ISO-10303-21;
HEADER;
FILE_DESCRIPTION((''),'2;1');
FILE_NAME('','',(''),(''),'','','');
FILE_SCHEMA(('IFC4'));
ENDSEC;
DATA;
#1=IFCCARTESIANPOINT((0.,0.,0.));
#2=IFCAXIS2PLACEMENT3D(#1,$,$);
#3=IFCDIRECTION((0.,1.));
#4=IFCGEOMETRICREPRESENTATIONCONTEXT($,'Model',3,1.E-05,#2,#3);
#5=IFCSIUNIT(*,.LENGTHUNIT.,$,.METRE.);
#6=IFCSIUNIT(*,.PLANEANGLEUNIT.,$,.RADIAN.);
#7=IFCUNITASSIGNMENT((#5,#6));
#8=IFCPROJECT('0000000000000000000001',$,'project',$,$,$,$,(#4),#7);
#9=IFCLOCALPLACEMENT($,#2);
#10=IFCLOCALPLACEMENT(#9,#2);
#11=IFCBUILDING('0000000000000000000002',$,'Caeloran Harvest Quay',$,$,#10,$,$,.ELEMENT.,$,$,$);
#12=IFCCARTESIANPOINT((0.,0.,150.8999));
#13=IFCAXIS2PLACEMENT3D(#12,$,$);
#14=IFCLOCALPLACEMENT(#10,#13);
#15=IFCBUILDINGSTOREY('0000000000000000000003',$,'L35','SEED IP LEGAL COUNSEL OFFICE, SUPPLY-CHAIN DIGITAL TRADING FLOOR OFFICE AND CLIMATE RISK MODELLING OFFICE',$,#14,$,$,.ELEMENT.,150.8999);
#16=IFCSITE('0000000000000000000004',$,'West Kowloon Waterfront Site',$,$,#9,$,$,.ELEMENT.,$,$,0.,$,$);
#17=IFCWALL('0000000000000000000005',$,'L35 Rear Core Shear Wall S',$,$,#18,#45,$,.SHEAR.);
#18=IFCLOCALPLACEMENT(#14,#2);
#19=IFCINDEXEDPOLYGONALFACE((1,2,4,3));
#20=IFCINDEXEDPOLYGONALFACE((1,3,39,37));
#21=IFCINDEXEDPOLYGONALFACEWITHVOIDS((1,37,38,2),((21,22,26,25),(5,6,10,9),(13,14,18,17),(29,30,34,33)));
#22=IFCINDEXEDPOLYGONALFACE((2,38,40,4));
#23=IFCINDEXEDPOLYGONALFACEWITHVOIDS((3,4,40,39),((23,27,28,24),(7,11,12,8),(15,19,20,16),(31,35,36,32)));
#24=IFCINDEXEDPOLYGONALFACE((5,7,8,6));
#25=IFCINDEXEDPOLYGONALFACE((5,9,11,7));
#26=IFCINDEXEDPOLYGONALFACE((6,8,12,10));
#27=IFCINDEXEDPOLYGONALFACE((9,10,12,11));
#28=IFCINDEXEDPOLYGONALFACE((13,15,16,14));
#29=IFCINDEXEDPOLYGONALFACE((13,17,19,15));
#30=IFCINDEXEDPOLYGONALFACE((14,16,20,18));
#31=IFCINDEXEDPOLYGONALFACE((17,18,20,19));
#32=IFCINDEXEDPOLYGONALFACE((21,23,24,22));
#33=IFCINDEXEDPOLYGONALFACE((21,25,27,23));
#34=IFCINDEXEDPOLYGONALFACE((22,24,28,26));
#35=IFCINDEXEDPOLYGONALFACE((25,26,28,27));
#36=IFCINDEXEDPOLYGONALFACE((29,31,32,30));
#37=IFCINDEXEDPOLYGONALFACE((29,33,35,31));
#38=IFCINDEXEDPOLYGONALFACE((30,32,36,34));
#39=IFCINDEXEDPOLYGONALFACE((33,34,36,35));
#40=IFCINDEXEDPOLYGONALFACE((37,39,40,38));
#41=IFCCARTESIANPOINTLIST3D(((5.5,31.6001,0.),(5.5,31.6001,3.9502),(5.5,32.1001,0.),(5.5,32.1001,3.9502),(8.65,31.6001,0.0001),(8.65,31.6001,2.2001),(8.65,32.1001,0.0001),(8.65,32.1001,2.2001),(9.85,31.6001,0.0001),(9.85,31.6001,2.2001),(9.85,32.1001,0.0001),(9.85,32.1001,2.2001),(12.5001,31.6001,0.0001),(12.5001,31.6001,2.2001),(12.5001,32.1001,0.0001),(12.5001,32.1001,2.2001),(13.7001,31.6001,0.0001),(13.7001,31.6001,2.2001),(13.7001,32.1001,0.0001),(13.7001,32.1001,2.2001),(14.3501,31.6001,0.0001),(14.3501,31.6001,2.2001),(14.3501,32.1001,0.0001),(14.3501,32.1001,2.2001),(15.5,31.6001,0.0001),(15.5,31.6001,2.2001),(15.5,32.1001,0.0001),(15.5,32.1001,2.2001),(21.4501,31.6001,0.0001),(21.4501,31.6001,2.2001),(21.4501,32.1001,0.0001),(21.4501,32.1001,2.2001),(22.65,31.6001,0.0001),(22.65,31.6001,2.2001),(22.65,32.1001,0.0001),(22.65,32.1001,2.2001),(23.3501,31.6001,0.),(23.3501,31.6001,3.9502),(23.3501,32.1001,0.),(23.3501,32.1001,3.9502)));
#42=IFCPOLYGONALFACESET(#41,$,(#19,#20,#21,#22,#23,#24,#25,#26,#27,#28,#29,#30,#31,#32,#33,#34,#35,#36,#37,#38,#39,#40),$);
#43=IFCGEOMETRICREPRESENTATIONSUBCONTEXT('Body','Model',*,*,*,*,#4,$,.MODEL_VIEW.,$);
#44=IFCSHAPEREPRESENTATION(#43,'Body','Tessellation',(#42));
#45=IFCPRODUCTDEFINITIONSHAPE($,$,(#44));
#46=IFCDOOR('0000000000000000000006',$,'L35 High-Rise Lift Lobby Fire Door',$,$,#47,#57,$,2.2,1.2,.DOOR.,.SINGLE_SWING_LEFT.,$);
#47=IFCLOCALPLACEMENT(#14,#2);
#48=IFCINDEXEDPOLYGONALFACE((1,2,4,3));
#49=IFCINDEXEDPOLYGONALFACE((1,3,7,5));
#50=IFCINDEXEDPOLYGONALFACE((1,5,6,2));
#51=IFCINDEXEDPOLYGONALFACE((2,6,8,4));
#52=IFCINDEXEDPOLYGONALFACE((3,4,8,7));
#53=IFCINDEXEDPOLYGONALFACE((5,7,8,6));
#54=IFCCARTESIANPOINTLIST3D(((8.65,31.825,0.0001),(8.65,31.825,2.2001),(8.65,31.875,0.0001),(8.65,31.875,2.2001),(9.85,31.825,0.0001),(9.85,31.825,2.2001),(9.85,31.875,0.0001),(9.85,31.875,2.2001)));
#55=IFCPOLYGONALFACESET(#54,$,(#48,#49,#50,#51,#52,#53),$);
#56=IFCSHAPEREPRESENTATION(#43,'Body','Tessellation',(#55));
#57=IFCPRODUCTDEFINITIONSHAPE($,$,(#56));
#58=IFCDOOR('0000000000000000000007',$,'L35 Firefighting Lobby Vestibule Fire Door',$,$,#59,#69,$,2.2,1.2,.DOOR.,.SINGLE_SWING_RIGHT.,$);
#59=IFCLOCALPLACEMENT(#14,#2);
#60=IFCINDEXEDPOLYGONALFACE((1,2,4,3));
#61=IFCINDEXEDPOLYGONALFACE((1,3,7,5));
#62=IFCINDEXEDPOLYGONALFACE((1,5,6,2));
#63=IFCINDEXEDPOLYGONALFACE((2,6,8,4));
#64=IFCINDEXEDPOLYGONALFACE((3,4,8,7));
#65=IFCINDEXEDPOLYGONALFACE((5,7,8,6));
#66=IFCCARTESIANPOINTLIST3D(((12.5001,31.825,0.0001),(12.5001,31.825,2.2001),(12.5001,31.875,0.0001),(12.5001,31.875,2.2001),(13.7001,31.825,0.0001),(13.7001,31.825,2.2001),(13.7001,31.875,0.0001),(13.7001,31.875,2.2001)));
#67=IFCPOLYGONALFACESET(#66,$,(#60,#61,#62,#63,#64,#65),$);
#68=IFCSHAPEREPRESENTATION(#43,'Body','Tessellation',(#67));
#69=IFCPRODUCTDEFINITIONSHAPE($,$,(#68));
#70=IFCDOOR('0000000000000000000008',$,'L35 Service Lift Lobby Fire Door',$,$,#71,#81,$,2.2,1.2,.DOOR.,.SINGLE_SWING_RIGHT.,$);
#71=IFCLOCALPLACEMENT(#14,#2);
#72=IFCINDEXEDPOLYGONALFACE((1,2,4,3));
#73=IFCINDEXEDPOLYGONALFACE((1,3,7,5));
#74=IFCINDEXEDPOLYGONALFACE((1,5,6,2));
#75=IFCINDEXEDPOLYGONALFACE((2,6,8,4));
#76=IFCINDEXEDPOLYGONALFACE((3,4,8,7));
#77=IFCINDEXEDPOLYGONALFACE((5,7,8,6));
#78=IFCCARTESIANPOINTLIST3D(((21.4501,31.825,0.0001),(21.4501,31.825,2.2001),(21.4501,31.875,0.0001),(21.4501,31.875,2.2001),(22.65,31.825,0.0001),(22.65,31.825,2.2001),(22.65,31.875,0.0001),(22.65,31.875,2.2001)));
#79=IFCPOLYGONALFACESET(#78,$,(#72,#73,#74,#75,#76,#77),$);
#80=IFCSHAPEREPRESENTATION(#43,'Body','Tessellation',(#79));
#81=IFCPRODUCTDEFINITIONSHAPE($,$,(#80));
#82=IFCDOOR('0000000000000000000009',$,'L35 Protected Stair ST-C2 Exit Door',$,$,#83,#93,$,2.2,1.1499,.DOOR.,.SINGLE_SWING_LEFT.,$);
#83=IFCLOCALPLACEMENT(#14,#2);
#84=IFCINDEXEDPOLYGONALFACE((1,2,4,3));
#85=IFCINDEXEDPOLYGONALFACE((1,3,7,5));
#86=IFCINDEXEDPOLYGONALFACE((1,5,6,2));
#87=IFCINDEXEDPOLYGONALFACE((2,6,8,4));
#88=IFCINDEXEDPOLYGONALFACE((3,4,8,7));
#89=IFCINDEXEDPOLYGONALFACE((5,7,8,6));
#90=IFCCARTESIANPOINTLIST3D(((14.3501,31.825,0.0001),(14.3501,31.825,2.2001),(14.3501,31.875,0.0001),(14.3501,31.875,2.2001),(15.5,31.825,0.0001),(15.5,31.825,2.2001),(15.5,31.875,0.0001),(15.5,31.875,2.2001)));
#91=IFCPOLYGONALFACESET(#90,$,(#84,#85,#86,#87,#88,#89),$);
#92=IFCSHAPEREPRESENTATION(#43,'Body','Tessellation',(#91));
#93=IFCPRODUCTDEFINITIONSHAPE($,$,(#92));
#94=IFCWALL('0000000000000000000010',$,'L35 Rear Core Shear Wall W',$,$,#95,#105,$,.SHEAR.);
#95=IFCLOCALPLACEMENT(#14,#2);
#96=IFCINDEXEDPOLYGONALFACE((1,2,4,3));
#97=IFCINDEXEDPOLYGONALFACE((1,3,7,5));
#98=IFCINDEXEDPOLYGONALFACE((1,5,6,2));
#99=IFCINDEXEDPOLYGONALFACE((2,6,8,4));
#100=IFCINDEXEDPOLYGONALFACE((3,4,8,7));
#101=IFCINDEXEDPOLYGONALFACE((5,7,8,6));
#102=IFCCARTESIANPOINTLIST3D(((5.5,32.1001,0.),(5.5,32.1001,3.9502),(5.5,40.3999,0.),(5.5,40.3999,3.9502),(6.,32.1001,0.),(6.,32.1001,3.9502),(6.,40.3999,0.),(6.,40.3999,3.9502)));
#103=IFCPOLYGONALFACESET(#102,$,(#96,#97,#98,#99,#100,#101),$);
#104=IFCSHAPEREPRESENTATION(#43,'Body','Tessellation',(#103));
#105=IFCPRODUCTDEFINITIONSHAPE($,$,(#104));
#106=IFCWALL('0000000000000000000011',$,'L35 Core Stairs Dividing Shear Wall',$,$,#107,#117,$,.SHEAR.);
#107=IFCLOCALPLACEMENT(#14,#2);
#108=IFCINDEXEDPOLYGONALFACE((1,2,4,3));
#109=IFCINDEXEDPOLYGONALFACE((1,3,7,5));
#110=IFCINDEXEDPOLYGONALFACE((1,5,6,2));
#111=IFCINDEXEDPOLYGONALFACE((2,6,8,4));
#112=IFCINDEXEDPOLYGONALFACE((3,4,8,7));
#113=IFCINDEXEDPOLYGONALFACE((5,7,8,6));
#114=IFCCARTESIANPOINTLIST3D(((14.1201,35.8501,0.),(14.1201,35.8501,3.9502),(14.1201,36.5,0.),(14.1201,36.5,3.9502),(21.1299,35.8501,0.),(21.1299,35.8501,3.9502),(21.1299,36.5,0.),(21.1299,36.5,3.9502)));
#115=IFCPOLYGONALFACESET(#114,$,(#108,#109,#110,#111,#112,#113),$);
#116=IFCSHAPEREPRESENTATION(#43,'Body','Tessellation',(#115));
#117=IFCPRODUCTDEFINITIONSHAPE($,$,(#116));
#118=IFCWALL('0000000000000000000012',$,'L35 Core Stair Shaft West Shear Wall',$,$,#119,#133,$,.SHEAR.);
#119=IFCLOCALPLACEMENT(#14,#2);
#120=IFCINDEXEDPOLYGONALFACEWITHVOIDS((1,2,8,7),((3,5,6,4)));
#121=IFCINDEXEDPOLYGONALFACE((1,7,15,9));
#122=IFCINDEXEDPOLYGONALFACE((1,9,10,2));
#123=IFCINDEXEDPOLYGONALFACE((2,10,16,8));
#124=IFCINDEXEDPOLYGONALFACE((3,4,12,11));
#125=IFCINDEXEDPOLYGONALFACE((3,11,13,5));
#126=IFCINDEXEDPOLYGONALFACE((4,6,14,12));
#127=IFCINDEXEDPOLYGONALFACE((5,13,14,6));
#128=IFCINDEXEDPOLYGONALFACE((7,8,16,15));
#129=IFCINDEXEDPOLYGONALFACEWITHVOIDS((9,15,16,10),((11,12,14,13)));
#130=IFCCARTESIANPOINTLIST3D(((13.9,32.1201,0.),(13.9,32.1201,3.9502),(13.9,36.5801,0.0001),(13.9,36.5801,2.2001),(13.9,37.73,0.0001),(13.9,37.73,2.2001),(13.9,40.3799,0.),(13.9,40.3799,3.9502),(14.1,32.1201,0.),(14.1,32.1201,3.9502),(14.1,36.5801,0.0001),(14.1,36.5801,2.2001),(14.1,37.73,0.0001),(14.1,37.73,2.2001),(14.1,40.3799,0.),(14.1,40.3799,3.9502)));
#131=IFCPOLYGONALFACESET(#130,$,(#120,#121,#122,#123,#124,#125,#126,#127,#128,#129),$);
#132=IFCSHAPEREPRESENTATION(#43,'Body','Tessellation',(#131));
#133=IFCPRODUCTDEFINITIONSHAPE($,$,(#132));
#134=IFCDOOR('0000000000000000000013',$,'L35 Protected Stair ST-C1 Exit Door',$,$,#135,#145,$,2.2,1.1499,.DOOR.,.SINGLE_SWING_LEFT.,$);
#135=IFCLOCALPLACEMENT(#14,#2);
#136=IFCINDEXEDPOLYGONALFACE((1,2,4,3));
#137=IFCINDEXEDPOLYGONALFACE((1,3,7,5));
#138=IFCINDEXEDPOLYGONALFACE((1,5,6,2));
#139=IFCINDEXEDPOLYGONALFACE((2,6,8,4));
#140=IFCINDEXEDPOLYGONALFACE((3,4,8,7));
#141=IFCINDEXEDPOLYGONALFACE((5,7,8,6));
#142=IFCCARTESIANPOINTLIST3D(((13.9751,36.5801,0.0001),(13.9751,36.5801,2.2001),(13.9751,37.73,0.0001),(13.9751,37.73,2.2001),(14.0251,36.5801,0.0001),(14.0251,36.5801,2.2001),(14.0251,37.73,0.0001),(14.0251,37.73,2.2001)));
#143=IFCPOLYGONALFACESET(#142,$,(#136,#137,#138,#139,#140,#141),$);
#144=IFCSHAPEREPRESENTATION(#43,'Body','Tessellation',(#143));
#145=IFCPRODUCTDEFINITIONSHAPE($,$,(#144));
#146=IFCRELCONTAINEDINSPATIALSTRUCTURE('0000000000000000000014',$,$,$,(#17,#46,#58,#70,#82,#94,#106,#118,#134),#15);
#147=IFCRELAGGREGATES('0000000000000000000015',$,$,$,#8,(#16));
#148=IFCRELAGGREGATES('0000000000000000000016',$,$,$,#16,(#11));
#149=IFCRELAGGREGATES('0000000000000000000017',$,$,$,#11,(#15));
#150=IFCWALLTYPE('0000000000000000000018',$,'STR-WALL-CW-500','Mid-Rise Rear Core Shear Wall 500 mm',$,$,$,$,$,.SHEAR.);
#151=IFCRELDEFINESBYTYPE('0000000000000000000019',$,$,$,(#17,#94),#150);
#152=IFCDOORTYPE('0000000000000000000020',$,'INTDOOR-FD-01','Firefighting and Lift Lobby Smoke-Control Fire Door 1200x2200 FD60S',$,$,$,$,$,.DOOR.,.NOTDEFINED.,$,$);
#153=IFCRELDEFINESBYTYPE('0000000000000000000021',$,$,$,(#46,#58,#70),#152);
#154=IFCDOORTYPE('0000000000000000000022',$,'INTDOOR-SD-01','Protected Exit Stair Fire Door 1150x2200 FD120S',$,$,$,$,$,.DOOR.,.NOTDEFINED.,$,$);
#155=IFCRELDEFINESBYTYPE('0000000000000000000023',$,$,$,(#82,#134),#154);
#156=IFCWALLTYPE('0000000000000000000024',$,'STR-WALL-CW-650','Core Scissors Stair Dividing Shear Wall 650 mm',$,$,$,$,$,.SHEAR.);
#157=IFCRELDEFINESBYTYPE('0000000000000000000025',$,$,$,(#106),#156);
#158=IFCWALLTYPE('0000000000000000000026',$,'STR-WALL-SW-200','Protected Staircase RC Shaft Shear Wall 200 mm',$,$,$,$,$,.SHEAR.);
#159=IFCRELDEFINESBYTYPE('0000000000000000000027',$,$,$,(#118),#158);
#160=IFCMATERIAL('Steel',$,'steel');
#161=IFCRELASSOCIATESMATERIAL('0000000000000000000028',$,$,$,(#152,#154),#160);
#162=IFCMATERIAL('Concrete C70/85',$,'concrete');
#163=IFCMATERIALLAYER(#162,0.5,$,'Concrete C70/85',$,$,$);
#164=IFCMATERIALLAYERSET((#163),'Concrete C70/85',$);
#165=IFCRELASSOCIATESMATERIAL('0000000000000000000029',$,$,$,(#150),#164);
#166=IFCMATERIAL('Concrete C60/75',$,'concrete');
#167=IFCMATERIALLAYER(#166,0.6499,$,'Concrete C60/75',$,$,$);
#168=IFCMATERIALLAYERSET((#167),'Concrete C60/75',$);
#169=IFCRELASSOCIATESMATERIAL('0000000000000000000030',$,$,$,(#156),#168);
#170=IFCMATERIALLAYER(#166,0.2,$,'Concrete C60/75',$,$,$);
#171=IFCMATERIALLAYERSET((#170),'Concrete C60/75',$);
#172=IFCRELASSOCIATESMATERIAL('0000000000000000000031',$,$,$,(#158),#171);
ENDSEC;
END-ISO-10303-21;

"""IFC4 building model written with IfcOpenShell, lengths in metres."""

from ifc_helpers import new_model, si_unit, direction, frame, frame_2d, origin, place, context, subcontext, project, spatial, rectangle, extrude, material, layer, layer_set, type_object, element, fill, save


model = new_model("IFC4")

# Units and contexts
model_context = context("Model", 3, precision=1e-05, world=origin(), true_north=direction((0.0, 1.0)))
body_context = subcontext(model_context, "Body", "Model", "MODEL_VIEW")
ifc_project = project(units=[si_unit("LENGTHUNIT", "METRE"), si_unit("PLANEANGLEUNIT", "RADIAN")], contexts=[model_context])

# Site, building, storey
site_placement = place(None, origin())
site = spatial("IfcSite", under=ifc_project, at=site_placement, Name="West Kowloon Waterfront Site", CompositionType="ELEMENT", RefElevation=0.0)
building_placement = place(site_placement, origin())
building = spatial("IfcBuilding", under=site, at=building_placement, Name="Caeloran Harvest Quay", CompositionType="ELEMENT")
storey_placement = place(building_placement, frame((0.0, 0.0, 150.8999)))
storey = spatial("IfcBuildingStorey", under=building, at=storey_placement, Name="L35", Description="SEED IP LEGAL COUNSEL OFFICE, SUPPLY-CHAIN DIGITAL TRADING FLOOR OFFICE AND CLIMATE RISK MODELLING OFFICE", CompositionType="ELEMENT", Elevation=150.8999)

# Shared definitions
ifc_material_1 = material(Name="Concrete C70/85", Category="concrete")

# Shared definitions
ifc_material_2 = material(Name="Concrete C60/75", Category="concrete")

# Shared definitions
ifc_material_3 = material(Name="Steel", Category="steel")
door_type_1 = type_object("IfcDoorType", Name="INTDOOR-FD-01", Description="Firefighting and Lift Lobby Smoke-Control Fire Door 1200x2200 FD60S", OperationType="NOTDEFINED", PredefinedType="DOOR", material=ifc_material_3)

# Wall, openings, doors
ifc_layer_1 = layer(ifc_material_1, 0.5, Name="Concrete C70/85")
ifc_layer_set_1 = layer_set([ifc_layer_1], Name="Concrete C70/85")
wall_type_1 = type_object("IfcWallType", Name="STR-WALL-CW-500", Description="Mid-Rise Rear Core Shear Wall 500 mm", PredefinedType="SHEAR", material=ifc_layer_set_1)
wall_1_placement = place(storey_placement, frame((5.5, 31.8501, 0.0), z_axis=(0.0, 0.0, 1.0), x_axis=(1.0, 0.0, 0.0)))
wall_1 = element("IfcWall", 1, at=wall_1_placement, inside=storey, type_object=wall_type_1, Name="L35 Rear Core Shear Wall S", PredefinedType="SHEAR", context=body_context, shape_type="SweptSolid", body=[
    extrude(rectangle(XDim=17.8501, YDim=0.5, at=frame_2d((8.925, 0.0))), origin(), (0.0, 0.0, 1.0), 3.9502),
])
opening_1_placement = place(wall_1_placement, frame((3.1499, 0.0, 0.0)))
opening_1 = element("IfcOpeningElement", 2, at=opening_1_placement, cuts=wall_1, PredefinedType="OPENING", context=body_context, shape_type="SweptSolid", body=[
    extrude(rectangle(XDim=1.2, YDim=2.2, at=frame_2d((0.6001, 1.1001))), frame((0.0, 0.26, 0.0), z_axis=(0.0, -1.0, 0.0), x_axis=(1.0, 0.0, 0.0)), (0.0, 0.0, 1.0), 0.52),
])
opening_2_placement = place(wall_1_placement, frame((7.0, 0.0, 0.0)))
opening_2 = element("IfcOpeningElement", 3, at=opening_2_placement, cuts=wall_1, PredefinedType="OPENING", context=body_context, shape_type="SweptSolid", body=[
    extrude(rectangle(XDim=1.2, YDim=2.2, at=frame_2d((0.6001, 1.1001))), frame((0.0, 0.26, 0.0), z_axis=(0.0, -1.0, 0.0), x_axis=(1.0, 0.0, 0.0)), (0.0, 0.0, 1.0), 0.52),
])
opening_3_placement = place(wall_1_placement, frame((8.8501, 0.0, 0.0)))
opening_3 = element("IfcOpeningElement", 4, at=opening_3_placement, cuts=wall_1, PredefinedType="OPENING", context=body_context, shape_type="SweptSolid", body=[
    extrude(rectangle(XDim=1.1499, YDim=2.2, at=frame_2d((0.575, 1.1001))), frame((0.0, 0.26, 0.0), z_axis=(0.0, -1.0, 0.0), x_axis=(1.0, 0.0, 0.0)), (0.0, 0.0, 1.0), 0.52),
])
opening_4_placement = place(wall_1_placement, frame((15.95, 0.0, 0.0)))
opening_4 = element("IfcOpeningElement", 5, at=opening_4_placement, cuts=wall_1, PredefinedType="OPENING", context=body_context, shape_type="SweptSolid", body=[
    extrude(rectangle(XDim=1.2, YDim=2.2, at=frame_2d((0.6001, 1.1001))), frame((0.0, 0.26, 0.0), z_axis=(0.0, -1.0, 0.0), x_axis=(1.0, 0.0, 0.0)), (0.0, 0.0, 1.0), 0.52),
])
door_1_placement = place(opening_1_placement, origin())
door_1 = element("IfcDoor", 6, at=door_1_placement, inside=storey, type_object=door_type_1, Name="L35 High-Rise Lift Lobby Fire Door", OperationType="SINGLE_SWING_LEFT", OverallHeight=2.2, OverallWidth=1.2, PredefinedType="DOOR", context=body_context, shape_type="SweptSolid", body=[
    extrude(rectangle(XDim=1.2, YDim=2.2, at=frame_2d((0.6001, 1.1001))), frame((0.0, 0.0249, 0.0), z_axis=(0.0, -1.0, 0.0), x_axis=(1.0, 0.0, 0.0)), (0.0, 0.0, 1.0), 0.05),
])
fill(opening_1, door_1)
door_2_placement = place(opening_2_placement, origin())
door_2 = element("IfcDoor", 7, at=door_2_placement, inside=storey, type_object=door_type_1, Name="L35 Firefighting Lobby Vestibule Fire Door", OperationType="SINGLE_SWING_RIGHT", OverallHeight=2.2, OverallWidth=1.2, PredefinedType="DOOR", context=body_context, shape_type="SweptSolid", body=[
    extrude(rectangle(XDim=1.2, YDim=2.2, at=frame_2d((0.6001, 1.1001))), frame((0.0, 0.0249, 0.0), z_axis=(0.0, -1.0, 0.0), x_axis=(1.0, 0.0, 0.0)), (0.0, 0.0, 1.0), 0.05),
])
fill(opening_2, door_2)
door_3_placement = place(opening_4_placement, origin())
door_3 = element("IfcDoor", 8, at=door_3_placement, inside=storey, type_object=door_type_1, Name="L35 Service Lift Lobby Fire Door", OperationType="SINGLE_SWING_RIGHT", OverallHeight=2.2, OverallWidth=1.2, PredefinedType="DOOR", context=body_context, shape_type="SweptSolid", body=[
    extrude(rectangle(XDim=1.2, YDim=2.2, at=frame_2d((0.6001, 1.1001))), frame((0.0, 0.0249, 0.0), z_axis=(0.0, -1.0, 0.0), x_axis=(1.0, 0.0, 0.0)), (0.0, 0.0, 1.0), 0.05),
])
fill(opening_4, door_3)
door_type_2 = type_object("IfcDoorType", Name="INTDOOR-SD-01", Description="Protected Exit Stair Fire Door 1150x2200 FD120S", OperationType="NOTDEFINED", PredefinedType="DOOR", material=ifc_material_3)
door_4_placement = place(opening_3_placement, origin())
door_4 = element("IfcDoor", 9, at=door_4_placement, inside=storey, type_object=door_type_2, Name="L35 Protected Stair ST-C2 Exit Door", OperationType="SINGLE_SWING_LEFT", OverallHeight=2.2, OverallWidth=1.1499, PredefinedType="DOOR", context=body_context, shape_type="SweptSolid", body=[
    extrude(rectangle(XDim=1.1499, YDim=2.2, at=frame_2d((0.575, 1.1001))), frame((0.0, 0.0249, 0.0), z_axis=(0.0, -1.0, 0.0), x_axis=(1.0, 0.0, 0.0)), (0.0, 0.0, 1.0), 0.05),
])
fill(opening_3, door_4)

# Walls
wall_2_placement = place(storey_placement, frame((5.75, 32.1001, 0.0), z_axis=(0.0, 0.0, 1.0), x_axis=(0.0, 1.0, 0.0)))
element("IfcWall", 10, at=wall_2_placement, inside=storey, type_object=wall_type_1, Name="L35 Rear Core Shear Wall W", PredefinedType="SHEAR", context=body_context, shape_type="SweptSolid", body=[
    extrude(rectangle(XDim=8.2998, YDim=0.5, at=frame_2d((4.1499, 0.0))), origin(), (0.0, 0.0, 1.0), 3.9502),
])
ifc_layer_2 = layer(ifc_material_2, 0.6499, Name="Concrete C60/75")
ifc_layer_set_2 = layer_set([ifc_layer_2], Name="Concrete C60/75")
wall_type_2 = type_object("IfcWallType", Name="STR-WALL-CW-650", Description="Core Scissors Stair Dividing Shear Wall 650 mm", PredefinedType="SHEAR", material=ifc_layer_set_2)
wall_3_placement = place(storey_placement, frame((14.1201, 36.175, 0.0), z_axis=(0.0, 0.0, 1.0), x_axis=(1.0, 0.0, 0.0)))
element("IfcWall", 11, at=wall_3_placement, inside=storey, type_object=wall_type_2, Name="L35 Core Stairs Dividing Shear Wall", PredefinedType="SHEAR", context=body_context, shape_type="SweptSolid", body=[
    extrude(rectangle(XDim=7.0098, YDim=0.6499, at=frame_2d((3.5049, 0.0))), origin(), (0.0, 0.0, 1.0), 3.9502),
])

# Wall, opening, door
ifc_layer_3 = layer(ifc_material_2, 0.2, Name="Concrete C60/75")
ifc_layer_set_3 = layer_set([ifc_layer_3], Name="Concrete C60/75")
wall_type_3 = type_object("IfcWallType", Name="STR-WALL-SW-200", Description="Protected Staircase RC Shaft Shear Wall 200 mm", PredefinedType="SHEAR", material=ifc_layer_set_3)
wall_4_placement = place(storey_placement, frame((14.0, 32.1201, 0.0), z_axis=(0.0, 0.0, 1.0), x_axis=(0.0, 1.0, 0.0)))
wall_4 = element("IfcWall", 12, at=wall_4_placement, inside=storey, type_object=wall_type_3, Name="L35 Core Stair Shaft West Shear Wall", PredefinedType="SHEAR", context=body_context, shape_type="SweptSolid", body=[
    extrude(rectangle(XDim=8.2598, YDim=0.2, at=frame_2d((4.1299, 0.0))), origin(), (0.0, 0.0, 1.0), 3.9502),
])
opening_5_placement = place(wall_4_placement, frame((4.46, 0.0, 0.0)))
opening_5 = element("IfcOpeningElement", 13, at=opening_5_placement, cuts=wall_4, PredefinedType="OPENING", context=body_context, shape_type="SweptSolid", body=[
    extrude(rectangle(XDim=1.1499, YDim=2.2, at=frame_2d((0.575, 1.1001))), frame((0.0, 0.1099, 0.0), z_axis=(0.0, -1.0, 0.0), x_axis=(1.0, 0.0, 0.0)), (0.0, 0.0, 1.0), 0.22),
])
door_5_placement = place(opening_5_placement, origin())
door_5 = element("IfcDoor", 14, at=door_5_placement, inside=storey, type_object=door_type_2, Name="L35 Protected Stair ST-C1 Exit Door", OperationType="SINGLE_SWING_LEFT", OverallHeight=2.2, OverallWidth=1.1499, PredefinedType="DOOR", context=body_context, shape_type="SweptSolid", body=[
    extrude(rectangle(XDim=1.1499, YDim=2.2, at=frame_2d((0.575, 1.1001))), frame((0.0, 0.0249, 0.0), z_axis=(0.0, -1.0, 0.0), x_axis=(1.0, 0.0, 0.0)), (0.0, 0.0, 1.0), 0.05),
])
fill(opening_5, door_5)

save(model, "model.ifc")
